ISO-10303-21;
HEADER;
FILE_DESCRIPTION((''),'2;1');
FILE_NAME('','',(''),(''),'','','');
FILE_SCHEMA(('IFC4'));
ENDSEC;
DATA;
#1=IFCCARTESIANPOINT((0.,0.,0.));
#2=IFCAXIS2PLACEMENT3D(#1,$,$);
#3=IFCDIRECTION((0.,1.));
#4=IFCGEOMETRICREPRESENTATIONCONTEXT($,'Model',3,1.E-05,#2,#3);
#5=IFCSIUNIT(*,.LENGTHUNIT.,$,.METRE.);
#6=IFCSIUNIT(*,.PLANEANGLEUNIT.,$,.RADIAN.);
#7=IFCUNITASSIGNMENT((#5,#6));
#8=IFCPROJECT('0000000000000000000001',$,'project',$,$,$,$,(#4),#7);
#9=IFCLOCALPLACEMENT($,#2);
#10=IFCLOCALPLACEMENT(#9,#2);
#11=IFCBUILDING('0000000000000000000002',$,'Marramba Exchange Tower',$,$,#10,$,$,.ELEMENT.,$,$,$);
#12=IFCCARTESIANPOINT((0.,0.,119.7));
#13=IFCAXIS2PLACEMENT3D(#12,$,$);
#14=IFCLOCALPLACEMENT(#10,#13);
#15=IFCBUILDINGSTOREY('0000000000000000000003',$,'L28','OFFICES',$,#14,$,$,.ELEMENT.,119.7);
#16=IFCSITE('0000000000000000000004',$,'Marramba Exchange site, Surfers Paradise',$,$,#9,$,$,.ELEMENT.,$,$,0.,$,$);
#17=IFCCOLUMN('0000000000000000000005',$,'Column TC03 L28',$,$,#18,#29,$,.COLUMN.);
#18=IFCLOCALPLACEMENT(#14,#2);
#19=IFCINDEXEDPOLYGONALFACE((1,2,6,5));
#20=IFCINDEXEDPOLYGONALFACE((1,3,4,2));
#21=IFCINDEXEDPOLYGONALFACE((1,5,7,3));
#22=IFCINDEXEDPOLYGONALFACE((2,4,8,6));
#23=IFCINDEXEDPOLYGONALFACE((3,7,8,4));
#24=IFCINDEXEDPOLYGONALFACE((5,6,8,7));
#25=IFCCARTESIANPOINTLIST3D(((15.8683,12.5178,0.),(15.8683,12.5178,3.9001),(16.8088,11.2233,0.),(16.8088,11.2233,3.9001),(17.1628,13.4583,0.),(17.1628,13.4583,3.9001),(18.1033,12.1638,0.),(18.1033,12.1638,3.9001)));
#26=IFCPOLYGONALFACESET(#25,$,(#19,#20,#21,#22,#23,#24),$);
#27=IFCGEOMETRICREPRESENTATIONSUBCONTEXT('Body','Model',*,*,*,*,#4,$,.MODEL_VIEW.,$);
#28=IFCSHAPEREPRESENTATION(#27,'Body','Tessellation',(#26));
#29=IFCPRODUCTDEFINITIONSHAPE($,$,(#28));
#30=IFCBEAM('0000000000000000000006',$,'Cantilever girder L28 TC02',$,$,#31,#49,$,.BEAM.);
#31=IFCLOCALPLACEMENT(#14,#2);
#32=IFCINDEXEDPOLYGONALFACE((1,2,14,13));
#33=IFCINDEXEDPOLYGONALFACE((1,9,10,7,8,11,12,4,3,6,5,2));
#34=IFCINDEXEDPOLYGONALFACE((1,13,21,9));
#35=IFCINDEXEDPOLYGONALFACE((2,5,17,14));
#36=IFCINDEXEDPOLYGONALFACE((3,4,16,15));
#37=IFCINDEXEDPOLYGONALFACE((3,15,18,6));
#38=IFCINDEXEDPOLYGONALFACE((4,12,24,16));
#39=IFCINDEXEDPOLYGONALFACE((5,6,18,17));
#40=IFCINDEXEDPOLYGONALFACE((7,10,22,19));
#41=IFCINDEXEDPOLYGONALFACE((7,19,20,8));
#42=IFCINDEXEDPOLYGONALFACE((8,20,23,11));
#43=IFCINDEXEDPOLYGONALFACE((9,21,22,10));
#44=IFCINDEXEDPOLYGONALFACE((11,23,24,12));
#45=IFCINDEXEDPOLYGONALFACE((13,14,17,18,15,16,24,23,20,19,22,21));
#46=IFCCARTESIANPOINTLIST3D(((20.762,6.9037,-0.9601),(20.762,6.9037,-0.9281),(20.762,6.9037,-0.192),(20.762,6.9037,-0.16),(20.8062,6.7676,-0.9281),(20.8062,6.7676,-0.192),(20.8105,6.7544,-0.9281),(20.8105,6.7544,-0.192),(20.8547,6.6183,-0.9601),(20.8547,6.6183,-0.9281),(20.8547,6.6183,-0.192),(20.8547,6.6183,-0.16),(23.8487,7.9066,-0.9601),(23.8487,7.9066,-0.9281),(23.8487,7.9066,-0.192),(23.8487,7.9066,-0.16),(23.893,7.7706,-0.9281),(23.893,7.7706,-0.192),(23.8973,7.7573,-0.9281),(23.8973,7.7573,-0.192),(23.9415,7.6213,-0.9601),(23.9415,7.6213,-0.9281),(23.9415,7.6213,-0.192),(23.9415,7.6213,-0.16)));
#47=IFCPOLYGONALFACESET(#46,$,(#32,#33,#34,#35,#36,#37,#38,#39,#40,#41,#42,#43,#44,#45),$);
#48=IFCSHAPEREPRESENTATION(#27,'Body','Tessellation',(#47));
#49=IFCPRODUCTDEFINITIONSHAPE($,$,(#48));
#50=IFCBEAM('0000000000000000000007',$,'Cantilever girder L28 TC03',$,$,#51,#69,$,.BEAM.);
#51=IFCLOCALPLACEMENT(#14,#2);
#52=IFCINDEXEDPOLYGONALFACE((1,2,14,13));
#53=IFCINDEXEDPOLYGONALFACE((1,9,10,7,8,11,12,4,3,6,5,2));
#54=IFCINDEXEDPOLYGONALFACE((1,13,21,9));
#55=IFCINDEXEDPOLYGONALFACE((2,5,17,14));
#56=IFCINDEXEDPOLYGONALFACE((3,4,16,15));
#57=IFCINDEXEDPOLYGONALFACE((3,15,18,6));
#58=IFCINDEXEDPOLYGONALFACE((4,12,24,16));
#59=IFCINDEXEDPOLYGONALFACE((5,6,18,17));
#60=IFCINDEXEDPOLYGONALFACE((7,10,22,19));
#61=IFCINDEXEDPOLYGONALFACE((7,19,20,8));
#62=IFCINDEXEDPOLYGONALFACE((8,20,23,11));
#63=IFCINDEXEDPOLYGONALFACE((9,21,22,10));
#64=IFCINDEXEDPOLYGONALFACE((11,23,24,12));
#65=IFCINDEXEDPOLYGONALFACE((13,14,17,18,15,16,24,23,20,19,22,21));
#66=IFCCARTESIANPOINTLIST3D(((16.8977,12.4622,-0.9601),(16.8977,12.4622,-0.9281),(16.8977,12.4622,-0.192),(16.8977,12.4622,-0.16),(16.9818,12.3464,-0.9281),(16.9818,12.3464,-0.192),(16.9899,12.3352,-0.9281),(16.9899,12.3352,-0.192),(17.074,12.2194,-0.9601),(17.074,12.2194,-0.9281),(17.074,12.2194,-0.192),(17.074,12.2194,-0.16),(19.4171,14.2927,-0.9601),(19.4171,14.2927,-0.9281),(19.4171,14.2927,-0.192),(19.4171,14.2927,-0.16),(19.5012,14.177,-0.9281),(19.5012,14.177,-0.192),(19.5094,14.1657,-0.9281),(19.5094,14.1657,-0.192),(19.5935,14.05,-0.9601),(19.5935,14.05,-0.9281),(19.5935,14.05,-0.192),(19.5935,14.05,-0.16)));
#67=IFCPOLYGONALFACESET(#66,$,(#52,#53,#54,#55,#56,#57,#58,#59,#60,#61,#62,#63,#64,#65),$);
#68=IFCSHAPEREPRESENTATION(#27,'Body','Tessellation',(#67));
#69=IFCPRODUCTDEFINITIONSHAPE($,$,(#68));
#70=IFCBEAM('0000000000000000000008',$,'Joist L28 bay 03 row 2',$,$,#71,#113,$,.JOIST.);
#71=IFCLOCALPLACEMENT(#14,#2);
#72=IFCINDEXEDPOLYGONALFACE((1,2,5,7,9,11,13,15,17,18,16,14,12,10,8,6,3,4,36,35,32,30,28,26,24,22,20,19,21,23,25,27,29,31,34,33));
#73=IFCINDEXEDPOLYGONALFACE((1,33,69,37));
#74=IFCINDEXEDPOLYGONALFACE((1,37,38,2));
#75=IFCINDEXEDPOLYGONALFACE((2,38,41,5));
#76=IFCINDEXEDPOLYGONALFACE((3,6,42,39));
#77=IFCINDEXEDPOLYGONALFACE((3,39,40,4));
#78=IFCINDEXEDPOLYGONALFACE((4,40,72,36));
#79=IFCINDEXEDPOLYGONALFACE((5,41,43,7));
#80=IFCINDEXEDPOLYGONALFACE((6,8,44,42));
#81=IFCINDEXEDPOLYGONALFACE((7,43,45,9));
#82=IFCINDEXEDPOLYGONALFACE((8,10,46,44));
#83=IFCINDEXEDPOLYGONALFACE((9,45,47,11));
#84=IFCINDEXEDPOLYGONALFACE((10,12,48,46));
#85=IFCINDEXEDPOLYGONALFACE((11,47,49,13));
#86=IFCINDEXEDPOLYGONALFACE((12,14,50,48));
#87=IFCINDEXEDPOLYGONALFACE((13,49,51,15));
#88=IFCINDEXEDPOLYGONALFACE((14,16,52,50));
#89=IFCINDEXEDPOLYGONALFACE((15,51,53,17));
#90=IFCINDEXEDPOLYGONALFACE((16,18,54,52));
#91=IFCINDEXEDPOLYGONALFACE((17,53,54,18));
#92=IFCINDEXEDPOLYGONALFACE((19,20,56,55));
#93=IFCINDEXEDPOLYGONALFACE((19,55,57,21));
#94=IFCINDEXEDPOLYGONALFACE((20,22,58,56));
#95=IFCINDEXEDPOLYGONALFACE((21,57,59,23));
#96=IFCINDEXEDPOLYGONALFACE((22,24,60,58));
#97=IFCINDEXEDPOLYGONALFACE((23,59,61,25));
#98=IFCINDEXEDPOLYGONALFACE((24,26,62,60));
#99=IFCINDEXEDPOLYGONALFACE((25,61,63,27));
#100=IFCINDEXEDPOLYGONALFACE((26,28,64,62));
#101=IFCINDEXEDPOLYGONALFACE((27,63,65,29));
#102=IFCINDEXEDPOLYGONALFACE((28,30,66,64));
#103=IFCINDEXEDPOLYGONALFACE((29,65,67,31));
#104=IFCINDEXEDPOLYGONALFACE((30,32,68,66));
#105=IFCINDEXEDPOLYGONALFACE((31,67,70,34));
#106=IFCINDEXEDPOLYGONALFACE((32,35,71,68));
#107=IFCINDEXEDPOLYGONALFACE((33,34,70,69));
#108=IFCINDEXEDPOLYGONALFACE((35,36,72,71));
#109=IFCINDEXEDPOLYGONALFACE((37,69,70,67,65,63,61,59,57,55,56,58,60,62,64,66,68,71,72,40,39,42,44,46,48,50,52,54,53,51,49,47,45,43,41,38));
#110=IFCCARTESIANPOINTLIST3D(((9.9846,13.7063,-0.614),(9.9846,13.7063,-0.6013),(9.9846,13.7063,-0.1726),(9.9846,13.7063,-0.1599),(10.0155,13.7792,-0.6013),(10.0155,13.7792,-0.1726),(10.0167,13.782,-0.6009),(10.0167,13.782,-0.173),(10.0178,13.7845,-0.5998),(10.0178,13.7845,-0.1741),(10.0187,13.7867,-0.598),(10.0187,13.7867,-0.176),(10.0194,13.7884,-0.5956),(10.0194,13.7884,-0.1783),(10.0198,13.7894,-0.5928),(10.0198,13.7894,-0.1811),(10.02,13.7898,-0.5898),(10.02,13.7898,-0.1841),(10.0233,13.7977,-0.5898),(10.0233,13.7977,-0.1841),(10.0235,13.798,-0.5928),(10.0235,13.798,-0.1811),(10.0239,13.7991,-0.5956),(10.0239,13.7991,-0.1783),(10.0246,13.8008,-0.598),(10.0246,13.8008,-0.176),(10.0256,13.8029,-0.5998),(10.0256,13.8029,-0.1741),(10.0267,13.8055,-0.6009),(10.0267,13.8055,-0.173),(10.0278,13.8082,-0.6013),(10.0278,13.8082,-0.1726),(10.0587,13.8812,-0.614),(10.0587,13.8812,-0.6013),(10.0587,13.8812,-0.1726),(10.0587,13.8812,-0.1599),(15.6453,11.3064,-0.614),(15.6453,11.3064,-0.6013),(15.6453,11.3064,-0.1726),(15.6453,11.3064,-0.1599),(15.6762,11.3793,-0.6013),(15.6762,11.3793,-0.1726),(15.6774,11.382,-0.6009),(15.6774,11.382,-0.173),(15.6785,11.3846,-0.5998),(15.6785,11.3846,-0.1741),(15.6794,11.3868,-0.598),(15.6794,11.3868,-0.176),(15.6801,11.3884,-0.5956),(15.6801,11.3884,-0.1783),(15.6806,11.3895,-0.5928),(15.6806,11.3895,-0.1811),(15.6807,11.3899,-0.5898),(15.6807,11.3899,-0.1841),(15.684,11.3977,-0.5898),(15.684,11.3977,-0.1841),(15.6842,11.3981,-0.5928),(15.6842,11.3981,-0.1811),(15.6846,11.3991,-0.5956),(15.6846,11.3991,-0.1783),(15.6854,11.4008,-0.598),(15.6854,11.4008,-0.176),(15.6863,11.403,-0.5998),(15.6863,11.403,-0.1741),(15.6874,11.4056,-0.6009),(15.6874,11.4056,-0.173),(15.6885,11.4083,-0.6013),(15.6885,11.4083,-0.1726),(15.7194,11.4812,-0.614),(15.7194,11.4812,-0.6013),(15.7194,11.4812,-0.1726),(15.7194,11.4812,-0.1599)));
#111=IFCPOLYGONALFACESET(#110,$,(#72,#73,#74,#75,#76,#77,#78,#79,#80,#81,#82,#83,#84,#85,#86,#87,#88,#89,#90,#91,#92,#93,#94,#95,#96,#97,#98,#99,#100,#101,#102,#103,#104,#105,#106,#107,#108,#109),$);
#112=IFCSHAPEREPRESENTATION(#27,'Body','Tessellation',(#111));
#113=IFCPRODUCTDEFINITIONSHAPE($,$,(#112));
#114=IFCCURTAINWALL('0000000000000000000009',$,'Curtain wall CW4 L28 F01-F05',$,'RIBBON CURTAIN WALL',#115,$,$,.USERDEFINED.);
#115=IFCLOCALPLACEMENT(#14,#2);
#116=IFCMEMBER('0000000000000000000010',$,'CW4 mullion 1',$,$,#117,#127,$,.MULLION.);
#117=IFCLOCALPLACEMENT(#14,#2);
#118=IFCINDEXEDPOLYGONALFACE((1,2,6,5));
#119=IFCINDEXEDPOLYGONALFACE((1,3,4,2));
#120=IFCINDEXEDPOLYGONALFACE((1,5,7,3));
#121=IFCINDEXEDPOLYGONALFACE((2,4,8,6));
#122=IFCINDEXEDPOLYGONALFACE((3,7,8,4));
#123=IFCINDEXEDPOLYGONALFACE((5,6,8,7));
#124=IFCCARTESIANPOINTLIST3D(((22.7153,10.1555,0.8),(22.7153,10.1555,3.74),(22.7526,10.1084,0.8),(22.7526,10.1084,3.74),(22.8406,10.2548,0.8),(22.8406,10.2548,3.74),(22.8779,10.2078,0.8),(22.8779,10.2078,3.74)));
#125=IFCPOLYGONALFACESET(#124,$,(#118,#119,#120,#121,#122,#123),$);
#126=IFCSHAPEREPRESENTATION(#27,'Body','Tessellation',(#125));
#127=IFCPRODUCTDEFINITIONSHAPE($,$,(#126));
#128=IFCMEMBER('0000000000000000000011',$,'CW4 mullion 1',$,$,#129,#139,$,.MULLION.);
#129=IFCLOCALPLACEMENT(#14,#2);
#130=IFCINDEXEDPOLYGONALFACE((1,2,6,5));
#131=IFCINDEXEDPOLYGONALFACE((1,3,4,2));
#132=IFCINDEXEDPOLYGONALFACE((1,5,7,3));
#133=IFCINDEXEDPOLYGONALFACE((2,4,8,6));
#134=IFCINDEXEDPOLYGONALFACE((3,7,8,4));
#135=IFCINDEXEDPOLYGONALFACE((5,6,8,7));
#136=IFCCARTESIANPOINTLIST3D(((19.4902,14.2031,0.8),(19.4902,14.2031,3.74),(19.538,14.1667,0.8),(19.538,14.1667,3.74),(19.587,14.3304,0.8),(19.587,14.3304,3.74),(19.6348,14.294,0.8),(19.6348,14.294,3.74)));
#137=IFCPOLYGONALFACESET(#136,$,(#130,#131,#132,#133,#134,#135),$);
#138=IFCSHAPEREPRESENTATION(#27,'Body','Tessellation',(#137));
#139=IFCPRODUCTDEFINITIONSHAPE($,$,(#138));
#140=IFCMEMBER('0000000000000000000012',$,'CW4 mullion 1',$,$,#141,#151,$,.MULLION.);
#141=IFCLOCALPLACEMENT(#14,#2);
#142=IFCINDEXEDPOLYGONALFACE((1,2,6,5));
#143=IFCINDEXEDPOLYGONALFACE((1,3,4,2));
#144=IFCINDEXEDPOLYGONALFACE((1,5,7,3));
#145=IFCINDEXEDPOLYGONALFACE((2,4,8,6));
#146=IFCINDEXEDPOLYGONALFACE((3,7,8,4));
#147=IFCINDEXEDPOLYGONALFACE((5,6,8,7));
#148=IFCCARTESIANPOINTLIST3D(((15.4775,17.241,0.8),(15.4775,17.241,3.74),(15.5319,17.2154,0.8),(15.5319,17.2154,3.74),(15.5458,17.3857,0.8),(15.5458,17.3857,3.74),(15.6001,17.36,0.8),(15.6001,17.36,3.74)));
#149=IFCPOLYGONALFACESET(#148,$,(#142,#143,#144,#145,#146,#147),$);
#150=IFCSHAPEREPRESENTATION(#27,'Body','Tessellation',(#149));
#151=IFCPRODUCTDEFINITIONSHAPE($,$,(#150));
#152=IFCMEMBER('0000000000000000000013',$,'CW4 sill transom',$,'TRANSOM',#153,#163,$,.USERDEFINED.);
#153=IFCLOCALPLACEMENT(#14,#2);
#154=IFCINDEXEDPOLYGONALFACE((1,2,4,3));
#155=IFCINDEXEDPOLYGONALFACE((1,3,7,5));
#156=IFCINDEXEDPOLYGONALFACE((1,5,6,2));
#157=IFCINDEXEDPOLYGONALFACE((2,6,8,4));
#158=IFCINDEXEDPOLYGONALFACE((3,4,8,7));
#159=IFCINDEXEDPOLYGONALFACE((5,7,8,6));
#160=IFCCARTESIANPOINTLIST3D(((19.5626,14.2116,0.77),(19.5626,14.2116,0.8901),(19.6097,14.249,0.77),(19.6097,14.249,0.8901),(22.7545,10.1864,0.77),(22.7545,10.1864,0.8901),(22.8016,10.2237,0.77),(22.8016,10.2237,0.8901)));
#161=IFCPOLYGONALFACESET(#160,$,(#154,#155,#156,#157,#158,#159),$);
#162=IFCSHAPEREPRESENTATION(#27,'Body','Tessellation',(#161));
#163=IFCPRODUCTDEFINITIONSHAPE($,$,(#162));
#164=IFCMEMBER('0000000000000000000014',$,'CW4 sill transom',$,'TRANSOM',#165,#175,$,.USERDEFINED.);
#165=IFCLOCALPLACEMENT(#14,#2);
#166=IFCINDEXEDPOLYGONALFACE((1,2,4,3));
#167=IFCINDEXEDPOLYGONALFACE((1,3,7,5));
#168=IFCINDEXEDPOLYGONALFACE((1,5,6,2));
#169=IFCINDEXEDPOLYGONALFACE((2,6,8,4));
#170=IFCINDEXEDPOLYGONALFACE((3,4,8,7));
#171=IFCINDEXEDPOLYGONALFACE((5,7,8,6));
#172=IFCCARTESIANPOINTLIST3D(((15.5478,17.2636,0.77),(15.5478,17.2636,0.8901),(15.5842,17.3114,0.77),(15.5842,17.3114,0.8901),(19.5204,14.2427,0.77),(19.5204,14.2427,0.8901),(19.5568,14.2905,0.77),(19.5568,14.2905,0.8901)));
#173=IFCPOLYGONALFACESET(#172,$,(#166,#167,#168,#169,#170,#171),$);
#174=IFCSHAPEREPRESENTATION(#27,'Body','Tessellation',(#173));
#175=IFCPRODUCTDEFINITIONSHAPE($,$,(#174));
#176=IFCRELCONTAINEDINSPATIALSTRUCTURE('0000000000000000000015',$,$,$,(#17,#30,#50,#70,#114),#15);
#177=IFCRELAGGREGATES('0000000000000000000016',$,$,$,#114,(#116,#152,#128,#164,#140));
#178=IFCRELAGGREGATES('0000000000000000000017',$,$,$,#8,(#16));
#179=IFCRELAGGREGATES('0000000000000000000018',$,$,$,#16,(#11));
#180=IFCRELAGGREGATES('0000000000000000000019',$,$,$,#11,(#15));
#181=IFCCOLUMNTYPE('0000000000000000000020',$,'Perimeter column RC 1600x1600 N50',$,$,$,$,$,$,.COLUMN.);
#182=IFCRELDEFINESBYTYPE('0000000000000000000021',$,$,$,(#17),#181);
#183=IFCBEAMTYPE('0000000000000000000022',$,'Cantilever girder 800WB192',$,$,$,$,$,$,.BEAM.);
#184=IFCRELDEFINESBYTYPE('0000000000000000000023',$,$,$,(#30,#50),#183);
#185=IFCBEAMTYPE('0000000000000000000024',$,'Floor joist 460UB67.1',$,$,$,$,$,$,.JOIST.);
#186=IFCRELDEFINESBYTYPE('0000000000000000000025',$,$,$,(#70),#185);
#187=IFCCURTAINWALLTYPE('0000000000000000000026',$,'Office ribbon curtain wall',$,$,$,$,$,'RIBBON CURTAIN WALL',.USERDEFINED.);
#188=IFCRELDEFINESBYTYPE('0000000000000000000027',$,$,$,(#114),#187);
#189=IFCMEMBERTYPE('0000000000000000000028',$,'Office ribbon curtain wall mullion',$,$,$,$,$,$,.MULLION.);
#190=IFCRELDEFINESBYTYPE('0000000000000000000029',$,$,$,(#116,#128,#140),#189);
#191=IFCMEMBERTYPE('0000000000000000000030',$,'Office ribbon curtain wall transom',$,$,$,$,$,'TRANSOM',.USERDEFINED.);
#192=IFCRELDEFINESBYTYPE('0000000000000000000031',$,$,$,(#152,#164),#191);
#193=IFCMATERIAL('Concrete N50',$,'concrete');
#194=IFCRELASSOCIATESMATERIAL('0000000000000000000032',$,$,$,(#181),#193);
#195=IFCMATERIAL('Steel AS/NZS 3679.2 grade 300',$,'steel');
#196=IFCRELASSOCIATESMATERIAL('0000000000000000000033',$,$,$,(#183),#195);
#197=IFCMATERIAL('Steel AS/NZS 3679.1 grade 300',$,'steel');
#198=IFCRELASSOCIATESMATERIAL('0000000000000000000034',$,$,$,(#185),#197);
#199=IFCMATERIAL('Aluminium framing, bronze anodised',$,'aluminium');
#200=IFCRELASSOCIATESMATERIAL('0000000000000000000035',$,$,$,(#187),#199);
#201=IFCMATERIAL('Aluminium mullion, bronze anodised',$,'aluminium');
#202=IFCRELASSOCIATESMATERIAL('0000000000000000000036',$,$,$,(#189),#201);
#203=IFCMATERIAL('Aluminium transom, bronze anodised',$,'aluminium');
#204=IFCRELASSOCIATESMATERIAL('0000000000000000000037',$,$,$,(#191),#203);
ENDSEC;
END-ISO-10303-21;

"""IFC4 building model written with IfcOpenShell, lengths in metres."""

from ifc_helpers import new_model, si_unit, direction, frame, origin, origin_2d, place, context, subcontext, project, spatial, rectangle, i_section, extrude, material, material_profile, profile_set, type_object, element, aggregate, save


model = new_model("IFC4")

# Units and contexts
model_context = context("Model", 3, precision=1e-05, world=origin(), true_north=direction((0.0, 1.0)))
body_context = subcontext(model_context, "Body", "Model", "MODEL_VIEW")
ifc_project = project(units=[si_unit("LENGTHUNIT", "METRE"), si_unit("PLANEANGLEUNIT", "RADIAN")], contexts=[model_context])

# Site, building, storey
site_placement = place(None, origin())
site = spatial("IfcSite", under=ifc_project, at=site_placement, Name="Marramba Exchange site, Surfers Paradise", CompositionType="ELEMENT", RefElevation=0.0)
building_placement = place(site_placement, origin())
building = spatial("IfcBuilding", under=site, at=building_placement, Name="Marramba Exchange Tower", CompositionType="ELEMENT")
storey_placement = place(building_placement, frame((0.0, 0.0, 119.7)))
storey = spatial("IfcBuildingStorey", under=building, at=storey_placement, Name="L28", Description="OFFICES", CompositionType="ELEMENT", Elevation=119.7)

# Column
ifc_material_1 = material(Name="Concrete N50", Category="concrete")
ifc_material_profile_1 = material_profile(ifc_material_1, rectangle(XDim=1.6001, YDim=1.6001, at=origin_2d()), Name="RC 1600x1600")
ifc_profile_set_1 = profile_set([ifc_material_profile_1], Name="Concrete N50")
column_type = type_object("IfcColumnType", Name="Perimeter column RC 1600x1600 N50", PredefinedType="COLUMN", material=ifc_profile_set_1)
column_placement = place(storey_placement, frame((16.9858, 12.3408, 0.0), z_axis=(0.0, 0.0, 1.0), x_axis=(0.809017, 0.587785, 0.0)))
element("IfcColumn", 1, at=column_placement, inside=storey, type_object=column_type, Name="Column TC03 L28", PredefinedType="COLUMN", context=body_context, shape_type="SweptSolid", body=[
    extrude(rectangle(XDim=1.6001, YDim=1.6001, at=origin_2d()), origin(), (0.0, 0.0, 1.0), 3.9001),
])

# Beams
ifc_material_2 = material(Name="Steel AS/NZS 3679.2 grade 300", Category="steel")
ifc_material_profile_2 = material_profile(ifc_material_2, i_section(OverallWidth=0.3, OverallDepth=0.8, WebThickness=0.0139, FlangeThickness=0.032, at=origin_2d()), Name="800WB192")
ifc_profile_set_2 = profile_set([ifc_material_profile_2], Name="Steel AS/NZS 3679.2 grade 300")
beam_type_1 = type_object("IfcBeamType", Name="Cantilever girder 800WB192", PredefinedType="BEAM", material=ifc_profile_set_2)
beam_1_placement = place(storey_placement, frame((20.8083, 6.761, -0.5601), z_axis=(0.951056, 0.30902, 0.0), x_axis=(-0.30902, 0.951056, 0.0)))
element("IfcBeam", 2, at=beam_1_placement, inside=storey, type_object=beam_type_1, Name="Cantilever girder L28 TC02", PredefinedType="BEAM", context=body_context, shape_type="SweptSolid", body=[
    extrude(i_section(OverallWidth=0.3, OverallDepth=0.8, WebThickness=0.0139, FlangeThickness=0.032, at=origin_2d()), origin(), (0.0, 0.0, 1.0), 3.2456),
])
beam_2_placement = place(storey_placement, frame((16.9858, 12.3408, -0.5601), z_axis=(0.809014, 0.587789, 0.0), x_axis=(-0.587789, 0.809014, 0.0)))
element("IfcBeam", 3, at=beam_2_placement, inside=storey, type_object=beam_type_1, Name="Cantilever girder L28 TC03", PredefinedType="BEAM", context=body_context, shape_type="SweptSolid", body=[
    extrude(i_section(OverallWidth=0.3, OverallDepth=0.8, WebThickness=0.0139, FlangeThickness=0.032, at=origin_2d()), origin(), (0.0, 0.0, 1.0), 3.1143),
])
ifc_material_3 = material(Name="Steel AS/NZS 3679.1 grade 300", Category="steel")
ifc_material_profile_3 = material_profile(ifc_material_3, i_section(OverallWidth=0.1899, OverallDepth=0.4541, WebThickness=0.0085, FlangeThickness=0.0127, FilletRadius=0.0115, at=origin_2d()), Name="460UB67.1")
ifc_profile_set_3 = profile_set([ifc_material_profile_3], Name="Steel AS/NZS 3679.1 grade 300")
beam_type_2 = type_object("IfcBeamType", Name="Floor joist 460UB67.1", PredefinedType="JOIST", material=ifc_profile_set_3)
beam_3_placement = place(storey_placement, frame((15.6824, 11.3938, -0.387), z_axis=(-0.920674, 0.390332, 0.0), x_axis=(-0.390332, -0.920674, 0.0)))
element("IfcBeam", 4, at=beam_3_placement, inside=storey, type_object=beam_type_2, Name="Joist L28 bay 03 row 2", PredefinedType="JOIST", context=body_context, shape_type="SweptSolid", body=[
    extrude(i_section(OverallWidth=0.1899, OverallDepth=0.4541, WebThickness=0.0085, FlangeThickness=0.0127, FilletRadius=0.0115, at=origin_2d()), origin(), (0.0, 0.0, 1.0), 6.1484),
])

# Curtain wall, members
ifc_material_4 = material(Name="Aluminium framing, bronze anodised", Category="aluminium")
curtain_wall_type = type_object("IfcCurtainWallType", Name="Office ribbon curtain wall", ElementType="RIBBON CURTAIN WALL", PredefinedType="USERDEFINED", material=ifc_material_4)
curtain_wall_placement = place(storey_placement, origin())
curtain_wall = element("IfcCurtainWall", 5, at=curtain_wall_placement, inside=storey, type_object=curtain_wall_type, Name="Curtain wall CW4 L28 F01-F05", ObjectType="RIBBON CURTAIN WALL", PredefinedType="USERDEFINED")
ifc_material_5 = material(Name="Aluminium mullion, bronze anodised", Category="aluminium")
ifc_material_profile_4 = material_profile(ifc_material_5, rectangle(XDim=0.1599, YDim=0.0601, at=origin_2d()), Name="CW4 mullion 60x160")
ifc_profile_set_4 = profile_set([ifc_material_profile_4], Name="Aluminium mullion, bronze anodised")
member_type_1 = type_object("IfcMemberType", Name="Office ribbon curtain wall mullion", PredefinedType="MULLION", material=ifc_profile_set_4)
member_1_placement = place(storey_placement, frame((22.7966, 10.1816, 0.8), z_axis=(0.0, 0.0, 1.0), x_axis=(-0.783563, -0.621312, 0.0)))
member_1 = element("IfcMember", 6, at=member_1_placement, type_object=member_type_1, Name="CW4 mullion 1", PredefinedType="MULLION", context=body_context, shape_type="SweptSolid", body=[
    extrude(rectangle(XDim=0.1599, YDim=0.0601, at=origin_2d()), origin(), (0.0, 0.0, 1.0), 2.9399),
])
member_2_placement = place(storey_placement, frame((19.5625, 14.2485, 0.8), z_axis=(0.0, 0.0, 1.0), x_axis=(-0.605334, -0.795972, 0.0)))
member_2 = element("IfcMember", 7, at=member_2_placement, type_object=member_type_1, Name="CW4 mullion 1", PredefinedType="MULLION", context=body_context, shape_type="SweptSolid", body=[
    extrude(rectangle(XDim=0.1599, YDim=0.0601, at=origin_2d()), origin(), (0.0, 0.0, 1.0), 2.9399),
])
member_3_placement = place(storey_placement, frame((15.5388, 17.3005, 0.8), z_axis=(0.0, 0.0, 1.0), x_axis=(-0.426679, -0.904403, 0.0)))
member_3 = element("IfcMember", 8, at=member_3_placement, type_object=member_type_1, Name="CW4 mullion 1", PredefinedType="MULLION", context=body_context, shape_type="SweptSolid", body=[
    extrude(rectangle(XDim=0.1599, YDim=0.0601, at=origin_2d()), origin(), (0.0, 0.0, 1.0), 2.9399),
])
ifc_material_6 = material(Name="Aluminium transom, bronze anodised", Category="aluminium")
ifc_material_profile_5 = material_profile(ifc_material_6, rectangle(XDim=0.0601, YDim=0.1201, at=origin_2d()), Name="CW4 transom 60x120")
ifc_profile_set_5 = profile_set([ifc_material_profile_5], Name="Aluminium transom, bronze anodised")
member_type_2 = type_object("IfcMemberType", Name="Office ribbon curtain wall transom", ElementType="TRANSOM", PredefinedType="USERDEFINED", material=ifc_profile_set_5)
member_4_placement = place(storey_placement, frame((22.7781, 10.2051, 0.8301), z_axis=(-0.621339, 0.783542, 0.0), x_axis=(-0.783542, -0.621339, 0.0)))
member_4 = element("IfcMember", 9, at=member_4_placement, type_object=member_type_2, Name="CW4 sill transom", ObjectType="TRANSOM", PredefinedType="USERDEFINED", context=body_context, shape_type="SweptSolid", body=[
    extrude(rectangle(XDim=0.0601, YDim=0.1201, at=origin_2d()), origin(), (0.0, 0.0, 1.0), 5.1372),
])
member_5_placement = place(storey_placement, frame((19.5386, 14.2666, 0.8301), z_axis=(-0.795991, 0.605309, 0.0), x_axis=(-0.605309, -0.795991, 0.0)))
member_5 = element("IfcMember", 10, at=member_5_placement, type_object=member_type_2, Name="CW4 sill transom", ObjectType="TRANSOM", PredefinedType="USERDEFINED", context=body_context, shape_type="SweptSolid", body=[
    extrude(rectangle(XDim=0.0601, YDim=0.1201, at=origin_2d()), origin(), (0.0, 0.0, 1.0), 4.9907),
])

aggregate(curtain_wall, [member_1, member_4, member_2, member_5, member_3])

save(model, "model.ifc")
